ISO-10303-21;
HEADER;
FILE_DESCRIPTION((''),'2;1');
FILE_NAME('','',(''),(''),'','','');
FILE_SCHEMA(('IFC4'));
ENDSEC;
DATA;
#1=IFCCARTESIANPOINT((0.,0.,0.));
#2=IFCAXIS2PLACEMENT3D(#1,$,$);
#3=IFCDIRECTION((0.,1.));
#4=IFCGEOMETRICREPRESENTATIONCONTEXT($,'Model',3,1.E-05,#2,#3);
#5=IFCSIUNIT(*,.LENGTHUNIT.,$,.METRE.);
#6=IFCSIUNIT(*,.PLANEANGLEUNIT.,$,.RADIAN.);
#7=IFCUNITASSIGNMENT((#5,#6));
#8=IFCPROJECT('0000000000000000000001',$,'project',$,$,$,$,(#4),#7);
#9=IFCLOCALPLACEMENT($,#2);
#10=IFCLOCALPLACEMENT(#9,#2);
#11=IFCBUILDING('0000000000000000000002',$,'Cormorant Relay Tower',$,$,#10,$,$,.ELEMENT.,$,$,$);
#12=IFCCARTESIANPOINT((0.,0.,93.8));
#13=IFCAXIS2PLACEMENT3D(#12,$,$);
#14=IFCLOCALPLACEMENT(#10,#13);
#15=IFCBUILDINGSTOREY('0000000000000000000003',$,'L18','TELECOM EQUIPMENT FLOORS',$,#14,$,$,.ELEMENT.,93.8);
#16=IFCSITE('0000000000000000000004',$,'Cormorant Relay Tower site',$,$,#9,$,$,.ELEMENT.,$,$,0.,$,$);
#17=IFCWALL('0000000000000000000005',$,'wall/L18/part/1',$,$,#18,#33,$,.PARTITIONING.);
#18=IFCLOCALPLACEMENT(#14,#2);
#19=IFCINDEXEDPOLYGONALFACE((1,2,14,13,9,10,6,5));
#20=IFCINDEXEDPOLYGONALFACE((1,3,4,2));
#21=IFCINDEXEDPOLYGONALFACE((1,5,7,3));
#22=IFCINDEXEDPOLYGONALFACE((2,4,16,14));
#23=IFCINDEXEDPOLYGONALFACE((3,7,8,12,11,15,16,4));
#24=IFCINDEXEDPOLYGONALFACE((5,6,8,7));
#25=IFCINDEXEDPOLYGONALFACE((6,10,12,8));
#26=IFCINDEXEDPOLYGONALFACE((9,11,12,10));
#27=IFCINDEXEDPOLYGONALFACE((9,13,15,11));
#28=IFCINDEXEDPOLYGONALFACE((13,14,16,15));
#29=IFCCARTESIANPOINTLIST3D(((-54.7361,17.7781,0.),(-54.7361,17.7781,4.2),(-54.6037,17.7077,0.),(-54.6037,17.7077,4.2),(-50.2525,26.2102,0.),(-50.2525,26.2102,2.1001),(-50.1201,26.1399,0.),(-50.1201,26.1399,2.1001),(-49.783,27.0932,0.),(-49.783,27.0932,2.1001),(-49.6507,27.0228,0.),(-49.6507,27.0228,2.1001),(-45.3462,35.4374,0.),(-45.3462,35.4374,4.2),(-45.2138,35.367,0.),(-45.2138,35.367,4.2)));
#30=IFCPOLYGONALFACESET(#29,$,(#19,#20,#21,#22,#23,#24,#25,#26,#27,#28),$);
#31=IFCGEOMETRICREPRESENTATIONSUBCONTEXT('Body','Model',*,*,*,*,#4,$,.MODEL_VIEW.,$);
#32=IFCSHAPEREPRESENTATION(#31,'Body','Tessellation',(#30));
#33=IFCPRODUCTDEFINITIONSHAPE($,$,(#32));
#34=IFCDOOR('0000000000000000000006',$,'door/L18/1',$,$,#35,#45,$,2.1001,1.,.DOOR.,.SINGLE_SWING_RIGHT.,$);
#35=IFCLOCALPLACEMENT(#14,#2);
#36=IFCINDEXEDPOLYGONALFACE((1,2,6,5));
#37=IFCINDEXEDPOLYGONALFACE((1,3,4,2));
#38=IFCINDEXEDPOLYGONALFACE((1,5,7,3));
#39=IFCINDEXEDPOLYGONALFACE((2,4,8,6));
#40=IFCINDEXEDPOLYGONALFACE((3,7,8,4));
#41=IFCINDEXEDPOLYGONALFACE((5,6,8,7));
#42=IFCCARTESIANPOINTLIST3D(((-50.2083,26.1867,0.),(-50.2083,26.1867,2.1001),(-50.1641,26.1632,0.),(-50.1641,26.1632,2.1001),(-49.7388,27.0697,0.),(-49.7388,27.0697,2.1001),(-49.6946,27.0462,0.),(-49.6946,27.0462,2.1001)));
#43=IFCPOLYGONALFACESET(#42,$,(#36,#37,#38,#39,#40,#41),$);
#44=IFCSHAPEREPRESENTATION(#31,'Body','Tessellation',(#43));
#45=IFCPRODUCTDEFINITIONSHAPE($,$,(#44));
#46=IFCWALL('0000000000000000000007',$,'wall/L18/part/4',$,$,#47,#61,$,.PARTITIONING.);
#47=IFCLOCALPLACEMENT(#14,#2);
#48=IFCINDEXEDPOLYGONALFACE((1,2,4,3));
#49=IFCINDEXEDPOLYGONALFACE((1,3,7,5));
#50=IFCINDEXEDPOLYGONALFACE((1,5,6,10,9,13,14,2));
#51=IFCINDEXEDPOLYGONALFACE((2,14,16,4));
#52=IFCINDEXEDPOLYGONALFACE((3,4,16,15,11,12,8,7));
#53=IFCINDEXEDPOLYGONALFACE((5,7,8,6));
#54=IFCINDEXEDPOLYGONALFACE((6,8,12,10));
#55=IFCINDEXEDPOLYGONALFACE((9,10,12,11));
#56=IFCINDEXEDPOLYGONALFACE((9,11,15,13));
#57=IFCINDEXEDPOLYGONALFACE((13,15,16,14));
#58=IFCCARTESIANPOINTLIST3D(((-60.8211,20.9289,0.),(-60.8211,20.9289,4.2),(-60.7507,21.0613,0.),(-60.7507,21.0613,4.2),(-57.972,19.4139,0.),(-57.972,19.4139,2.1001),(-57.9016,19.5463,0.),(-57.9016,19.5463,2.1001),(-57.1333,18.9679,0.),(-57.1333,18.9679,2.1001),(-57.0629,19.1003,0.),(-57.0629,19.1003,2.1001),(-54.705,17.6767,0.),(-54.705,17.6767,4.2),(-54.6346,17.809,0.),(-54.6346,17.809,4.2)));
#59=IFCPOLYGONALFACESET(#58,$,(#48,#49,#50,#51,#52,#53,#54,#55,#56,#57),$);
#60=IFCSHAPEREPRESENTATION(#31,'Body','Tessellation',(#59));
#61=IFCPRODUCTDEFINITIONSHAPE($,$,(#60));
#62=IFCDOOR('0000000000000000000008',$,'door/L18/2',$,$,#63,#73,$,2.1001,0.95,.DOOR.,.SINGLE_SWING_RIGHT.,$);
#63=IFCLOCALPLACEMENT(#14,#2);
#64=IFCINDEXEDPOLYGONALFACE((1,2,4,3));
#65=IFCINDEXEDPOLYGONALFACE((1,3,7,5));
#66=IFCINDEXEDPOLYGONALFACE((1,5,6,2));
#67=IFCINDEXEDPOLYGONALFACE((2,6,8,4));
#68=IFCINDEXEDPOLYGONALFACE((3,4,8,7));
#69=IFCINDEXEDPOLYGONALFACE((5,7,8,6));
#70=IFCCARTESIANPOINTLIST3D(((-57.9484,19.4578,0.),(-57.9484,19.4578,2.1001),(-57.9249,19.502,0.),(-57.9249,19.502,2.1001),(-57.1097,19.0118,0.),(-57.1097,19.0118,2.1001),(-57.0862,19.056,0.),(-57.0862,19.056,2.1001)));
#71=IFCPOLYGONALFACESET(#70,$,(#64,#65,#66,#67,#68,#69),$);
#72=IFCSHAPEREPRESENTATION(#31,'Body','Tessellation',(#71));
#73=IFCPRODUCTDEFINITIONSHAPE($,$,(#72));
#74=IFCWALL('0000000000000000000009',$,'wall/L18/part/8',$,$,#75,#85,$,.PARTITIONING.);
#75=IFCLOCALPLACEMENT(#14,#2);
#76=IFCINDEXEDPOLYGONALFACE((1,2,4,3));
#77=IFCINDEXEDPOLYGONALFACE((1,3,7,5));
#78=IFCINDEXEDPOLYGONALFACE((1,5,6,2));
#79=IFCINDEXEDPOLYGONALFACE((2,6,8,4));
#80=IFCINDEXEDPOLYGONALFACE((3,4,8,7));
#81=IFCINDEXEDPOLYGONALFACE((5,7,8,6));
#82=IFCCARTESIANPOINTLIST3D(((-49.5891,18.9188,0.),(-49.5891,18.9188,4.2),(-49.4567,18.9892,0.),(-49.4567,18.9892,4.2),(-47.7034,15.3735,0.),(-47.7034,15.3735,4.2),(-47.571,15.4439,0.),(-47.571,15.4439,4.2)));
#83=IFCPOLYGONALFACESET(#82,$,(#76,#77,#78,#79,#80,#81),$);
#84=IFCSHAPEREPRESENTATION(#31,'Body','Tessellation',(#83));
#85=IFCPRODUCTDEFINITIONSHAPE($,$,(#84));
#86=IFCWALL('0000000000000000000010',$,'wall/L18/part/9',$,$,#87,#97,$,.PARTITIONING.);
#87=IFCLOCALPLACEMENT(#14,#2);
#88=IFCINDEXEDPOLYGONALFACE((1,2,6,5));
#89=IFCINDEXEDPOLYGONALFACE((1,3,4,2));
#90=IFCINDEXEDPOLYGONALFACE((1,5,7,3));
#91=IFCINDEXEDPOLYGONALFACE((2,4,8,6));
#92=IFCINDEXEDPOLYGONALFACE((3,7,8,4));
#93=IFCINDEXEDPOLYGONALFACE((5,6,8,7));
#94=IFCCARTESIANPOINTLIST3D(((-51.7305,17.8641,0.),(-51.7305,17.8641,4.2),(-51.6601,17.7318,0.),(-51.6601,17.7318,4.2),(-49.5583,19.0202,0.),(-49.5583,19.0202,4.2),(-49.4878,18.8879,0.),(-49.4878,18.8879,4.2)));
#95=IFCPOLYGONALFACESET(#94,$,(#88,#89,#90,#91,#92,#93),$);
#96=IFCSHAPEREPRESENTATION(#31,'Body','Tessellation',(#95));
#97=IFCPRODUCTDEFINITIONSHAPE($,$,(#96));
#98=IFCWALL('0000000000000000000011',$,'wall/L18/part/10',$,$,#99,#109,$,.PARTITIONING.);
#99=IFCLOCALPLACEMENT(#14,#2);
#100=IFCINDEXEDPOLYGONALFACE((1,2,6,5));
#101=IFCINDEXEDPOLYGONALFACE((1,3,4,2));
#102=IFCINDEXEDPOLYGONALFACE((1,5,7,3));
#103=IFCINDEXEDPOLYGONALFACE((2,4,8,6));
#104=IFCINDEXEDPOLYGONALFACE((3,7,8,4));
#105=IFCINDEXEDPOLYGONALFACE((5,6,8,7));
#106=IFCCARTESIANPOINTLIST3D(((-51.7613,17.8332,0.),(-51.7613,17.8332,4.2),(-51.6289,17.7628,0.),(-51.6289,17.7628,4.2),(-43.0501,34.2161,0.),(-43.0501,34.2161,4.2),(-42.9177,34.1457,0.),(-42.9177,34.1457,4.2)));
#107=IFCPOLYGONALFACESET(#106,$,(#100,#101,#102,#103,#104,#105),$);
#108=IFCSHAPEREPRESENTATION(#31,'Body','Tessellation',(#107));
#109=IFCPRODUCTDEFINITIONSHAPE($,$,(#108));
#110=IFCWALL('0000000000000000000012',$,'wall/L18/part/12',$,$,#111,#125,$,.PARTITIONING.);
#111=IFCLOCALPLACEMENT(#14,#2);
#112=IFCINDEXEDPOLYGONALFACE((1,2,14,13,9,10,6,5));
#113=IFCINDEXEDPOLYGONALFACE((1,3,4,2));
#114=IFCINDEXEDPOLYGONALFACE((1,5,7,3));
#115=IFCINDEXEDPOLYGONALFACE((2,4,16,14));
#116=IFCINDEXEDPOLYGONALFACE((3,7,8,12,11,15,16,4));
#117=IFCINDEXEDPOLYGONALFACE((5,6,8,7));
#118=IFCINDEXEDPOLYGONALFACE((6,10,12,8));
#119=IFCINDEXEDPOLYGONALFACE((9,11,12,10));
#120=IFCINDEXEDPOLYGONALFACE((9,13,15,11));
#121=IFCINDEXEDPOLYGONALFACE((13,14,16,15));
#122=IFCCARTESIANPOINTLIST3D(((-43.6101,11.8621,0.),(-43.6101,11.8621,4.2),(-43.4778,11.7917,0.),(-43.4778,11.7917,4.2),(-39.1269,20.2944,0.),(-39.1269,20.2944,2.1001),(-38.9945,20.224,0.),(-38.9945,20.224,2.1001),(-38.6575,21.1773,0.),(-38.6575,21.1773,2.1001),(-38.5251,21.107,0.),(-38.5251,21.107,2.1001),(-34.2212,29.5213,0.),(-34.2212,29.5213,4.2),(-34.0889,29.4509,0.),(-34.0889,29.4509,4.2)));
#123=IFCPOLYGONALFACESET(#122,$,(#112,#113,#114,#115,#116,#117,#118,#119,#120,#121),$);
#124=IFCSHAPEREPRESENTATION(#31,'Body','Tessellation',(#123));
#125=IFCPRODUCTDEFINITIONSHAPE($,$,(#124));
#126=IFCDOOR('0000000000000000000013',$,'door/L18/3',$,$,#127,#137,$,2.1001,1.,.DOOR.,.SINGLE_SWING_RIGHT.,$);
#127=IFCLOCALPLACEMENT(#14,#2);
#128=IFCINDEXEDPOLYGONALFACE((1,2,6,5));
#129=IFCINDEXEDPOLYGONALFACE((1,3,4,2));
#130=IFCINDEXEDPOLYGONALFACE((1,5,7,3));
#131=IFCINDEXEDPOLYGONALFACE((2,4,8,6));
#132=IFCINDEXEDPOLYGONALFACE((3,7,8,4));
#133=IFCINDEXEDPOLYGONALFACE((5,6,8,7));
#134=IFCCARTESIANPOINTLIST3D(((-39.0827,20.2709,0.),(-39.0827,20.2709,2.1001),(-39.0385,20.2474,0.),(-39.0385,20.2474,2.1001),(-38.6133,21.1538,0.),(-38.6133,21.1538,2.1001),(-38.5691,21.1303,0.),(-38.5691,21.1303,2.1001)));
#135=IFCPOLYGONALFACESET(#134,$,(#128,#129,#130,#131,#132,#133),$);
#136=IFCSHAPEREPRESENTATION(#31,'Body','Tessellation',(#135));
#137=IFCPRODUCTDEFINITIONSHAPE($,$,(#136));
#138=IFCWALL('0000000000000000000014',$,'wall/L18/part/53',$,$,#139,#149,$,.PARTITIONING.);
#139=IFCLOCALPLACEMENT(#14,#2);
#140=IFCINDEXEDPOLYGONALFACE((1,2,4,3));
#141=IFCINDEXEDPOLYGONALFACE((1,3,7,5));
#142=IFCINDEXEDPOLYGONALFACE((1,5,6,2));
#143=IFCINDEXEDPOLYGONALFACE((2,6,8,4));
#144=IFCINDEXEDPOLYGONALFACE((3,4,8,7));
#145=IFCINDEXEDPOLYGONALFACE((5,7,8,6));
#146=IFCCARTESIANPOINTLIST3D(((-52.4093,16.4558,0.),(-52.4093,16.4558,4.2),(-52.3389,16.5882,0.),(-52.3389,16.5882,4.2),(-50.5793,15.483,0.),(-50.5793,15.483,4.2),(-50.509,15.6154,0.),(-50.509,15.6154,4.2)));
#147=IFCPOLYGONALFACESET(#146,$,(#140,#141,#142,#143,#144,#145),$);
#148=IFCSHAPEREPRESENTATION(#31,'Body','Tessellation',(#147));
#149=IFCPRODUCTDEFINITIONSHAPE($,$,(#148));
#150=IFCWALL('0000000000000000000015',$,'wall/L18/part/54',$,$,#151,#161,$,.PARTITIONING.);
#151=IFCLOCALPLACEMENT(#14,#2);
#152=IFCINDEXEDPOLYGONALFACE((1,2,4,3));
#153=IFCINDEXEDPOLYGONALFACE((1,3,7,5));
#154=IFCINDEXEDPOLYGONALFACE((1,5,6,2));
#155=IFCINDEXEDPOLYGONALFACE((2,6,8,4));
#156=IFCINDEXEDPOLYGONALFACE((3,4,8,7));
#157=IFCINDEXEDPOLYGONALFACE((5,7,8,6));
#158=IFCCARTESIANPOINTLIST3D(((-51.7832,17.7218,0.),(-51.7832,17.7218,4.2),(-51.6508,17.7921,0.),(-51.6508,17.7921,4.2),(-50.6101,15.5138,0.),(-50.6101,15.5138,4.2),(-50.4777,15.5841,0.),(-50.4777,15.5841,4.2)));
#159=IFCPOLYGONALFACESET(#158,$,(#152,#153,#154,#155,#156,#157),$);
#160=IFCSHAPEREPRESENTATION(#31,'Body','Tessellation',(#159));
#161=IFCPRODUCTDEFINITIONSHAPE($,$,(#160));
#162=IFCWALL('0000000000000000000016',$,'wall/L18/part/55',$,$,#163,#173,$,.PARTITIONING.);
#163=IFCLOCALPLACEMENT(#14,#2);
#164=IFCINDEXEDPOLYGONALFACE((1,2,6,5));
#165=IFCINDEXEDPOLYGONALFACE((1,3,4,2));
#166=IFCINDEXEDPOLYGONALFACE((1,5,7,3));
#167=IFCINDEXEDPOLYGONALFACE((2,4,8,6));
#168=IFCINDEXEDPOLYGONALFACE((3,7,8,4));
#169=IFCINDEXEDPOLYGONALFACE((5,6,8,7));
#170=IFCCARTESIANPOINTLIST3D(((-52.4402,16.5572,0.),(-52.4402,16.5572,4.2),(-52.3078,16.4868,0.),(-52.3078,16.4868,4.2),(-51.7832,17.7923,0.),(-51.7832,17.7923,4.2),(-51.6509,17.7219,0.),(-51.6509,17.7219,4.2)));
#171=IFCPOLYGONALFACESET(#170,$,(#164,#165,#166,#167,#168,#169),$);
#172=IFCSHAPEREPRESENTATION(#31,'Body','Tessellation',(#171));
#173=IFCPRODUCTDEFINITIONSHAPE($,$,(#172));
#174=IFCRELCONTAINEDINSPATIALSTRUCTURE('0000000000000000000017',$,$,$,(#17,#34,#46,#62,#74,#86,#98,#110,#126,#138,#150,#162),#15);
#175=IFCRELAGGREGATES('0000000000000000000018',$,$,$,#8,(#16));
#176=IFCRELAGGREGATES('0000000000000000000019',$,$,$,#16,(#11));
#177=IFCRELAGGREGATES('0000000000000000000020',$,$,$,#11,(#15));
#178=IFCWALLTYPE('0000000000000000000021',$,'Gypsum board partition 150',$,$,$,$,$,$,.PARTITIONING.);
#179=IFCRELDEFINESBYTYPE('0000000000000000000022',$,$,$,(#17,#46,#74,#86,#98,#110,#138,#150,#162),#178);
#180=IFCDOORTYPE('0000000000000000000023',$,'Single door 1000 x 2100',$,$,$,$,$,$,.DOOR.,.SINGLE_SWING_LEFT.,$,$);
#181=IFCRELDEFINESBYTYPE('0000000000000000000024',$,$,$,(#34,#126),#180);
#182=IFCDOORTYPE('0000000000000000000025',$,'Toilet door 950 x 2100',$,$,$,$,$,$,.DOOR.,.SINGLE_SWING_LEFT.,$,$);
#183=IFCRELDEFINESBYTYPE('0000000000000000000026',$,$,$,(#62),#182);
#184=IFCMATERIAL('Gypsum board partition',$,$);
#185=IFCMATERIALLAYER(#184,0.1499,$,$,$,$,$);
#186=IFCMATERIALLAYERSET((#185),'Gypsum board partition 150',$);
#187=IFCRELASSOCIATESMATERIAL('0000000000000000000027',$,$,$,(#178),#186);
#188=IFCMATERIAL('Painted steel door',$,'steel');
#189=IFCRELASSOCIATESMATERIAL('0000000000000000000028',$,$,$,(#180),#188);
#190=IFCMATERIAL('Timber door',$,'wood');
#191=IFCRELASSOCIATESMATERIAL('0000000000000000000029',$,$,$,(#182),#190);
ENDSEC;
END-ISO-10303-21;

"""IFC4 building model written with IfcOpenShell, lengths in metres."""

from ifc_helpers import new_model, si_unit, direction, frame, frame_2d, origin, place, context, subcontext, project, spatial, rectangle, extrude, material, layer, layer_set, type_object, element, fill, save


model = new_model("IFC4")

# Units and contexts
model_context = context("Model", 3, precision=1e-05, world=origin(), true_north=direction((0.0, 1.0)))
body_context = subcontext(model_context, "Body", "Model", "MODEL_VIEW")
ifc_project = project(units=[si_unit("LENGTHUNIT", "METRE"), si_unit("PLANEANGLEUNIT", "RADIAN")], contexts=[model_context])

# Site, building, storey
site_placement = place(None, origin())
site = spatial("IfcSite", under=ifc_project, at=site_placement, Name="Cormorant Relay Tower site", CompositionType="ELEMENT", RefElevation=0.0)
building_placement = place(site_placement, origin())
building = spatial("IfcBuilding", under=site, at=building_placement, Name="Cormorant Relay Tower", CompositionType="ELEMENT")
storey_placement = place(building_placement, frame((0.0, 0.0, 93.8)))
storey = spatial("IfcBuildingStorey", under=building, at=storey_placement, Name="L18", Description="TELECOM EQUIPMENT FLOORS", CompositionType="ELEMENT", Elevation=93.8)

# Walls, openings, doors
ifc_material_1 = material(Name="Gypsum board partition")
ifc_layer_1 = layer(ifc_material_1, 0.1499)
ifc_layer_set_1 = layer_set([ifc_layer_1], Name="Gypsum board partition 150")
wall_type_1 = type_object("IfcWallType", Name="Gypsum board partition 150", PredefinedType="PARTITIONING", material=ifc_layer_set_1)
wall_1_placement = place(storey_placement, frame((-54.6699, 17.7429, 0.0), z_axis=(0.0, 0.0, 1.0), x_axis=(0.469485, 0.882941, 0.0)))
wall_1 = element("IfcWall", 1, at=wall_1_placement, inside=storey, type_object=wall_type_1, Name="wall/L18/part/1", PredefinedType="PARTITIONING", context=body_context, shape_type="SweptSolid", body=[
    extrude(rectangle(XDim=20.0005, YDim=0.1499, at=frame_2d((10.0002, 0.0))), origin(), (0.0, 0.0, 1.0), 4.2),
])
opening_1_placement = place(wall_1_placement, frame((9.55, 0.0, 0.0)))
opening_1 = element("IfcOpeningElement", 2, at=opening_1_placement, cuts=wall_1, PredefinedType="OPENING", context=body_context, shape_type="SweptSolid", body=[
    extrude(rectangle(XDim=1.0, YDim=2.1001, at=frame_2d((0.5, 1.05))), frame((0.0, 0.085, 0.0), z_axis=(0.0, -1.0, 0.0), x_axis=(1.0, 0.0, 0.0)), (0.0, 0.0, 1.0), 0.1699),
])
ifc_material_2 = material(Name="Painted steel door", Category="steel")
door_type_1 = type_object("IfcDoorType", Name="Single door 1000 x 2100", OperationType="SINGLE_SWING_LEFT", PredefinedType="DOOR", material=ifc_material_2)
door_1_placement = place(opening_1_placement, origin())
door_1 = element("IfcDoor", 3, at=door_1_placement, inside=storey, type_object=door_type_1, Name="door/L18/1", OperationType="SINGLE_SWING_RIGHT", OverallHeight=2.1001, OverallWidth=1.0, PredefinedType="DOOR", context=body_context, shape_type="SweptSolid", body=[
    extrude(rectangle(XDim=1.0, YDim=2.1001, at=frame_2d((0.5, 1.05))), frame((0.0, 0.0249, 0.0), z_axis=(0.0, -1.0, 0.0), x_axis=(1.0, 0.0, 0.0)), (0.0, 0.0, 1.0), 0.05),
])
fill(opening_1, door_1)
wall_2_placement = place(storey_placement, frame((-54.6699, 17.7429, 0.0), z_axis=(0.0, 0.0, 1.0), x_axis=(-0.882931, 0.469503, 0.0)))
wall_2 = element("IfcWall", 4, at=wall_2_placement, inside=storey, type_object=wall_type_1, Name="wall/L18/part/4", PredefinedType="PARTITIONING", context=body_context, shape_type="SweptSolid", body=[
    extrude(rectangle(XDim=6.927, YDim=0.1499, at=frame_2d((3.4634, 0.0))), origin(), (0.0, 0.0, 1.0), 4.2),
])
opening_2_placement = place(wall_2_placement, frame((2.75, 0.0, 0.0)))
opening_2 = element("IfcOpeningElement", 5, at=opening_2_placement, cuts=wall_2, PredefinedType="OPENING", context=body_context, shape_type="SweptSolid", body=[
    extrude(rectangle(XDim=0.95, YDim=2.1001, at=frame_2d((0.4751, 1.05))), frame((0.0, 0.085, 0.0), z_axis=(0.0, -1.0, 0.0), x_axis=(1.0, 0.0, 0.0)), (0.0, 0.0, 1.0), 0.1699),
])
ifc_material_3 = material(Name="Timber door", Category="wood")
door_type_2 = type_object("IfcDoorType", Name="Toilet door 950 x 2100", OperationType="SINGLE_SWING_LEFT", PredefinedType="DOOR", material=ifc_material_3)
door_2_placement = place(opening_2_placement, frame((0.95, 0.0, 0.0), z_axis=(0.0, 0.0, 1.0), x_axis=(-1.0, 0.0, 0.0)))
door_2 = element("IfcDoor", 6, at=door_2_placement, inside=storey, type_object=door_type_2, Name="door/L18/2", OperationType="SINGLE_SWING_RIGHT", OverallHeight=2.1001, OverallWidth=0.95, PredefinedType="DOOR", context=body_context, shape_type="SweptSolid", body=[
    extrude(rectangle(XDim=0.95, YDim=2.1001, at=frame_2d((0.4751, 1.05))), frame((0.0, 0.0249, 0.0), z_axis=(0.0, -1.0, 0.0), x_axis=(1.0, 0.0, 0.0)), (0.0, 0.0, 1.0), 0.05),
])
fill(opening_2, door_2)

# Walls
wall_3_placement = place(storey_placement, frame((-47.6372, 15.4087, 0.0), z_axis=(0.0, 0.0, 1.0), x_axis=(-0.469591, 0.882884, 0.0)))
element("IfcWall", 7, at=wall_3_placement, inside=storey, type_object=wall_type_1, Name="wall/L18/part/8", PredefinedType="PARTITIONING", context=body_context, shape_type="SweptSolid", body=[
    extrude(rectangle(XDim=4.0156, YDim=0.1499, at=frame_2d((2.0078, 0.0))), origin(), (0.0, 0.0, 1.0), 4.2),
])
wall_4_placement = place(storey_placement, frame((-49.5229, 18.9541, 0.0), z_axis=(0.0, 0.0, 1.0), x_axis=(-0.882767, -0.46981, 0.0)))
element("IfcWall", 8, at=wall_4_placement, inside=storey, type_object=wall_type_1, Name="wall/L18/part/9", PredefinedType="PARTITIONING", context=body_context, shape_type="SweptSolid", body=[
    extrude(rectangle(XDim=2.4607, YDim=0.1499, at=frame_2d((1.2305, 0.0))), origin(), (0.0, 0.0, 1.0), 4.2),
])
wall_5_placement = place(storey_placement, frame((-51.6951, 17.7981, 0.0), z_axis=(0.0, 0.0, 1.0), x_axis=(0.469484, 0.882941, 0.0)))
element("IfcWall", 9, at=wall_5_placement, inside=storey, type_object=wall_type_1, Name="wall/L18/part/10", PredefinedType="PARTITIONING", context=body_context, shape_type="SweptSolid", body=[
    extrude(rectangle(XDim=18.5549, YDim=0.1499, at=frame_2d((9.2773, 0.0))), origin(), (0.0, 0.0, 1.0), 4.2),
])

# Wall, opening, door
wall_6_placement = place(storey_placement, frame((-34.155, 29.4861, 0.0), z_axis=(0.0, 0.0, 1.0), x_axis=(-0.469447, -0.882961, 0.0)))
wall_6 = element("IfcWall", 10, at=wall_6_placement, inside=storey, type_object=wall_type_1, Name="wall/L18/part/12", PredefinedType="PARTITIONING", context=body_context, shape_type="SweptSolid", body=[
    extrude(rectangle(XDim=20.0, YDim=0.1499, at=frame_2d((10.0, 0.0))), origin(), (0.0, 0.0, 1.0), 4.2),
])
opening_3_placement = place(wall_6_placement, frame((9.45, 0.0, 0.0)))
opening_3 = element("IfcOpeningElement", 11, at=opening_3_placement, cuts=wall_6, PredefinedType="OPENING", context=body_context, shape_type="SweptSolid", body=[
    extrude(rectangle(XDim=1.0, YDim=2.1001, at=frame_2d((0.5, 1.05))), frame((0.0, 0.085, 0.0), z_axis=(0.0, -1.0, 0.0), x_axis=(1.0, 0.0, 0.0)), (0.0, 0.0, 1.0), 0.1699),
])
door_3_placement = place(opening_3_placement, frame((1.0, 0.0, 0.0), z_axis=(0.0, 0.0, 1.0), x_axis=(-1.0, 0.0, 0.0)))
door_3 = element("IfcDoor", 12, at=door_3_placement, inside=storey, type_object=door_type_1, Name="door/L18/3", OperationType="SINGLE_SWING_RIGHT", OverallHeight=2.1001, OverallWidth=1.0, PredefinedType="DOOR", context=body_context, shape_type="SweptSolid", body=[
    extrude(rectangle(XDim=1.0, YDim=2.1001, at=frame_2d((0.5, 1.05))), frame((0.0, 0.0249, 0.0), z_axis=(0.0, -1.0, 0.0), x_axis=(1.0, 0.0, 0.0)), (0.0, 0.0, 1.0), 0.05),
])
fill(opening_3, door_3)

# Walls
wall_7_placement = place(storey_placement, frame((-52.374, 16.522, 0.0), z_axis=(0.0, 0.0, 1.0), x_axis=(0.882981, -0.469408, 0.0)))
element("IfcWall", 13, at=wall_7_placement, inside=storey, type_object=wall_type_1, Name="wall/L18/part/53", PredefinedType="PARTITIONING", context=body_context, shape_type="SweptSolid", body=[
    extrude(rectangle(XDim=2.0725, YDim=0.1499, at=frame_2d((1.0361, 0.0))), origin(), (0.0, 0.0, 1.0), 4.2),
])
wall_8_placement = place(storey_placement, frame((-50.5439, 15.5491, 0.0), z_axis=(0.0, 0.0, 1.0), x_axis=(-0.469184, 0.883101, 0.0)))
element("IfcWall", 14, at=wall_8_placement, inside=storey, type_object=wall_type_1, Name="wall/L18/part/54", PredefinedType="PARTITIONING", context=body_context, shape_type="SweptSolid", body=[
    extrude(rectangle(XDim=2.5002, YDim=0.1499, at=frame_2d((1.25, 0.0))), origin(), (0.0, 0.0, 1.0), 4.2),
])
wall_9_placement = place(storey_placement, frame((-51.717, 17.7571, 0.0), z_axis=(0.0, 0.0, 1.0), x_axis=(-0.469619, -0.882869, 0.0)))
element("IfcWall", 15, at=wall_9_placement, inside=storey, type_object=wall_type_1, Name="wall/L18/part/55", PredefinedType="PARTITIONING", context=body_context, shape_type="SweptSolid", body=[
    extrude(rectangle(XDim=1.3989, YDim=0.1499, at=frame_2d((0.6995, 0.0))), origin(), (0.0, 0.0, 1.0), 4.2),
])

save(model, "model.ifc")
